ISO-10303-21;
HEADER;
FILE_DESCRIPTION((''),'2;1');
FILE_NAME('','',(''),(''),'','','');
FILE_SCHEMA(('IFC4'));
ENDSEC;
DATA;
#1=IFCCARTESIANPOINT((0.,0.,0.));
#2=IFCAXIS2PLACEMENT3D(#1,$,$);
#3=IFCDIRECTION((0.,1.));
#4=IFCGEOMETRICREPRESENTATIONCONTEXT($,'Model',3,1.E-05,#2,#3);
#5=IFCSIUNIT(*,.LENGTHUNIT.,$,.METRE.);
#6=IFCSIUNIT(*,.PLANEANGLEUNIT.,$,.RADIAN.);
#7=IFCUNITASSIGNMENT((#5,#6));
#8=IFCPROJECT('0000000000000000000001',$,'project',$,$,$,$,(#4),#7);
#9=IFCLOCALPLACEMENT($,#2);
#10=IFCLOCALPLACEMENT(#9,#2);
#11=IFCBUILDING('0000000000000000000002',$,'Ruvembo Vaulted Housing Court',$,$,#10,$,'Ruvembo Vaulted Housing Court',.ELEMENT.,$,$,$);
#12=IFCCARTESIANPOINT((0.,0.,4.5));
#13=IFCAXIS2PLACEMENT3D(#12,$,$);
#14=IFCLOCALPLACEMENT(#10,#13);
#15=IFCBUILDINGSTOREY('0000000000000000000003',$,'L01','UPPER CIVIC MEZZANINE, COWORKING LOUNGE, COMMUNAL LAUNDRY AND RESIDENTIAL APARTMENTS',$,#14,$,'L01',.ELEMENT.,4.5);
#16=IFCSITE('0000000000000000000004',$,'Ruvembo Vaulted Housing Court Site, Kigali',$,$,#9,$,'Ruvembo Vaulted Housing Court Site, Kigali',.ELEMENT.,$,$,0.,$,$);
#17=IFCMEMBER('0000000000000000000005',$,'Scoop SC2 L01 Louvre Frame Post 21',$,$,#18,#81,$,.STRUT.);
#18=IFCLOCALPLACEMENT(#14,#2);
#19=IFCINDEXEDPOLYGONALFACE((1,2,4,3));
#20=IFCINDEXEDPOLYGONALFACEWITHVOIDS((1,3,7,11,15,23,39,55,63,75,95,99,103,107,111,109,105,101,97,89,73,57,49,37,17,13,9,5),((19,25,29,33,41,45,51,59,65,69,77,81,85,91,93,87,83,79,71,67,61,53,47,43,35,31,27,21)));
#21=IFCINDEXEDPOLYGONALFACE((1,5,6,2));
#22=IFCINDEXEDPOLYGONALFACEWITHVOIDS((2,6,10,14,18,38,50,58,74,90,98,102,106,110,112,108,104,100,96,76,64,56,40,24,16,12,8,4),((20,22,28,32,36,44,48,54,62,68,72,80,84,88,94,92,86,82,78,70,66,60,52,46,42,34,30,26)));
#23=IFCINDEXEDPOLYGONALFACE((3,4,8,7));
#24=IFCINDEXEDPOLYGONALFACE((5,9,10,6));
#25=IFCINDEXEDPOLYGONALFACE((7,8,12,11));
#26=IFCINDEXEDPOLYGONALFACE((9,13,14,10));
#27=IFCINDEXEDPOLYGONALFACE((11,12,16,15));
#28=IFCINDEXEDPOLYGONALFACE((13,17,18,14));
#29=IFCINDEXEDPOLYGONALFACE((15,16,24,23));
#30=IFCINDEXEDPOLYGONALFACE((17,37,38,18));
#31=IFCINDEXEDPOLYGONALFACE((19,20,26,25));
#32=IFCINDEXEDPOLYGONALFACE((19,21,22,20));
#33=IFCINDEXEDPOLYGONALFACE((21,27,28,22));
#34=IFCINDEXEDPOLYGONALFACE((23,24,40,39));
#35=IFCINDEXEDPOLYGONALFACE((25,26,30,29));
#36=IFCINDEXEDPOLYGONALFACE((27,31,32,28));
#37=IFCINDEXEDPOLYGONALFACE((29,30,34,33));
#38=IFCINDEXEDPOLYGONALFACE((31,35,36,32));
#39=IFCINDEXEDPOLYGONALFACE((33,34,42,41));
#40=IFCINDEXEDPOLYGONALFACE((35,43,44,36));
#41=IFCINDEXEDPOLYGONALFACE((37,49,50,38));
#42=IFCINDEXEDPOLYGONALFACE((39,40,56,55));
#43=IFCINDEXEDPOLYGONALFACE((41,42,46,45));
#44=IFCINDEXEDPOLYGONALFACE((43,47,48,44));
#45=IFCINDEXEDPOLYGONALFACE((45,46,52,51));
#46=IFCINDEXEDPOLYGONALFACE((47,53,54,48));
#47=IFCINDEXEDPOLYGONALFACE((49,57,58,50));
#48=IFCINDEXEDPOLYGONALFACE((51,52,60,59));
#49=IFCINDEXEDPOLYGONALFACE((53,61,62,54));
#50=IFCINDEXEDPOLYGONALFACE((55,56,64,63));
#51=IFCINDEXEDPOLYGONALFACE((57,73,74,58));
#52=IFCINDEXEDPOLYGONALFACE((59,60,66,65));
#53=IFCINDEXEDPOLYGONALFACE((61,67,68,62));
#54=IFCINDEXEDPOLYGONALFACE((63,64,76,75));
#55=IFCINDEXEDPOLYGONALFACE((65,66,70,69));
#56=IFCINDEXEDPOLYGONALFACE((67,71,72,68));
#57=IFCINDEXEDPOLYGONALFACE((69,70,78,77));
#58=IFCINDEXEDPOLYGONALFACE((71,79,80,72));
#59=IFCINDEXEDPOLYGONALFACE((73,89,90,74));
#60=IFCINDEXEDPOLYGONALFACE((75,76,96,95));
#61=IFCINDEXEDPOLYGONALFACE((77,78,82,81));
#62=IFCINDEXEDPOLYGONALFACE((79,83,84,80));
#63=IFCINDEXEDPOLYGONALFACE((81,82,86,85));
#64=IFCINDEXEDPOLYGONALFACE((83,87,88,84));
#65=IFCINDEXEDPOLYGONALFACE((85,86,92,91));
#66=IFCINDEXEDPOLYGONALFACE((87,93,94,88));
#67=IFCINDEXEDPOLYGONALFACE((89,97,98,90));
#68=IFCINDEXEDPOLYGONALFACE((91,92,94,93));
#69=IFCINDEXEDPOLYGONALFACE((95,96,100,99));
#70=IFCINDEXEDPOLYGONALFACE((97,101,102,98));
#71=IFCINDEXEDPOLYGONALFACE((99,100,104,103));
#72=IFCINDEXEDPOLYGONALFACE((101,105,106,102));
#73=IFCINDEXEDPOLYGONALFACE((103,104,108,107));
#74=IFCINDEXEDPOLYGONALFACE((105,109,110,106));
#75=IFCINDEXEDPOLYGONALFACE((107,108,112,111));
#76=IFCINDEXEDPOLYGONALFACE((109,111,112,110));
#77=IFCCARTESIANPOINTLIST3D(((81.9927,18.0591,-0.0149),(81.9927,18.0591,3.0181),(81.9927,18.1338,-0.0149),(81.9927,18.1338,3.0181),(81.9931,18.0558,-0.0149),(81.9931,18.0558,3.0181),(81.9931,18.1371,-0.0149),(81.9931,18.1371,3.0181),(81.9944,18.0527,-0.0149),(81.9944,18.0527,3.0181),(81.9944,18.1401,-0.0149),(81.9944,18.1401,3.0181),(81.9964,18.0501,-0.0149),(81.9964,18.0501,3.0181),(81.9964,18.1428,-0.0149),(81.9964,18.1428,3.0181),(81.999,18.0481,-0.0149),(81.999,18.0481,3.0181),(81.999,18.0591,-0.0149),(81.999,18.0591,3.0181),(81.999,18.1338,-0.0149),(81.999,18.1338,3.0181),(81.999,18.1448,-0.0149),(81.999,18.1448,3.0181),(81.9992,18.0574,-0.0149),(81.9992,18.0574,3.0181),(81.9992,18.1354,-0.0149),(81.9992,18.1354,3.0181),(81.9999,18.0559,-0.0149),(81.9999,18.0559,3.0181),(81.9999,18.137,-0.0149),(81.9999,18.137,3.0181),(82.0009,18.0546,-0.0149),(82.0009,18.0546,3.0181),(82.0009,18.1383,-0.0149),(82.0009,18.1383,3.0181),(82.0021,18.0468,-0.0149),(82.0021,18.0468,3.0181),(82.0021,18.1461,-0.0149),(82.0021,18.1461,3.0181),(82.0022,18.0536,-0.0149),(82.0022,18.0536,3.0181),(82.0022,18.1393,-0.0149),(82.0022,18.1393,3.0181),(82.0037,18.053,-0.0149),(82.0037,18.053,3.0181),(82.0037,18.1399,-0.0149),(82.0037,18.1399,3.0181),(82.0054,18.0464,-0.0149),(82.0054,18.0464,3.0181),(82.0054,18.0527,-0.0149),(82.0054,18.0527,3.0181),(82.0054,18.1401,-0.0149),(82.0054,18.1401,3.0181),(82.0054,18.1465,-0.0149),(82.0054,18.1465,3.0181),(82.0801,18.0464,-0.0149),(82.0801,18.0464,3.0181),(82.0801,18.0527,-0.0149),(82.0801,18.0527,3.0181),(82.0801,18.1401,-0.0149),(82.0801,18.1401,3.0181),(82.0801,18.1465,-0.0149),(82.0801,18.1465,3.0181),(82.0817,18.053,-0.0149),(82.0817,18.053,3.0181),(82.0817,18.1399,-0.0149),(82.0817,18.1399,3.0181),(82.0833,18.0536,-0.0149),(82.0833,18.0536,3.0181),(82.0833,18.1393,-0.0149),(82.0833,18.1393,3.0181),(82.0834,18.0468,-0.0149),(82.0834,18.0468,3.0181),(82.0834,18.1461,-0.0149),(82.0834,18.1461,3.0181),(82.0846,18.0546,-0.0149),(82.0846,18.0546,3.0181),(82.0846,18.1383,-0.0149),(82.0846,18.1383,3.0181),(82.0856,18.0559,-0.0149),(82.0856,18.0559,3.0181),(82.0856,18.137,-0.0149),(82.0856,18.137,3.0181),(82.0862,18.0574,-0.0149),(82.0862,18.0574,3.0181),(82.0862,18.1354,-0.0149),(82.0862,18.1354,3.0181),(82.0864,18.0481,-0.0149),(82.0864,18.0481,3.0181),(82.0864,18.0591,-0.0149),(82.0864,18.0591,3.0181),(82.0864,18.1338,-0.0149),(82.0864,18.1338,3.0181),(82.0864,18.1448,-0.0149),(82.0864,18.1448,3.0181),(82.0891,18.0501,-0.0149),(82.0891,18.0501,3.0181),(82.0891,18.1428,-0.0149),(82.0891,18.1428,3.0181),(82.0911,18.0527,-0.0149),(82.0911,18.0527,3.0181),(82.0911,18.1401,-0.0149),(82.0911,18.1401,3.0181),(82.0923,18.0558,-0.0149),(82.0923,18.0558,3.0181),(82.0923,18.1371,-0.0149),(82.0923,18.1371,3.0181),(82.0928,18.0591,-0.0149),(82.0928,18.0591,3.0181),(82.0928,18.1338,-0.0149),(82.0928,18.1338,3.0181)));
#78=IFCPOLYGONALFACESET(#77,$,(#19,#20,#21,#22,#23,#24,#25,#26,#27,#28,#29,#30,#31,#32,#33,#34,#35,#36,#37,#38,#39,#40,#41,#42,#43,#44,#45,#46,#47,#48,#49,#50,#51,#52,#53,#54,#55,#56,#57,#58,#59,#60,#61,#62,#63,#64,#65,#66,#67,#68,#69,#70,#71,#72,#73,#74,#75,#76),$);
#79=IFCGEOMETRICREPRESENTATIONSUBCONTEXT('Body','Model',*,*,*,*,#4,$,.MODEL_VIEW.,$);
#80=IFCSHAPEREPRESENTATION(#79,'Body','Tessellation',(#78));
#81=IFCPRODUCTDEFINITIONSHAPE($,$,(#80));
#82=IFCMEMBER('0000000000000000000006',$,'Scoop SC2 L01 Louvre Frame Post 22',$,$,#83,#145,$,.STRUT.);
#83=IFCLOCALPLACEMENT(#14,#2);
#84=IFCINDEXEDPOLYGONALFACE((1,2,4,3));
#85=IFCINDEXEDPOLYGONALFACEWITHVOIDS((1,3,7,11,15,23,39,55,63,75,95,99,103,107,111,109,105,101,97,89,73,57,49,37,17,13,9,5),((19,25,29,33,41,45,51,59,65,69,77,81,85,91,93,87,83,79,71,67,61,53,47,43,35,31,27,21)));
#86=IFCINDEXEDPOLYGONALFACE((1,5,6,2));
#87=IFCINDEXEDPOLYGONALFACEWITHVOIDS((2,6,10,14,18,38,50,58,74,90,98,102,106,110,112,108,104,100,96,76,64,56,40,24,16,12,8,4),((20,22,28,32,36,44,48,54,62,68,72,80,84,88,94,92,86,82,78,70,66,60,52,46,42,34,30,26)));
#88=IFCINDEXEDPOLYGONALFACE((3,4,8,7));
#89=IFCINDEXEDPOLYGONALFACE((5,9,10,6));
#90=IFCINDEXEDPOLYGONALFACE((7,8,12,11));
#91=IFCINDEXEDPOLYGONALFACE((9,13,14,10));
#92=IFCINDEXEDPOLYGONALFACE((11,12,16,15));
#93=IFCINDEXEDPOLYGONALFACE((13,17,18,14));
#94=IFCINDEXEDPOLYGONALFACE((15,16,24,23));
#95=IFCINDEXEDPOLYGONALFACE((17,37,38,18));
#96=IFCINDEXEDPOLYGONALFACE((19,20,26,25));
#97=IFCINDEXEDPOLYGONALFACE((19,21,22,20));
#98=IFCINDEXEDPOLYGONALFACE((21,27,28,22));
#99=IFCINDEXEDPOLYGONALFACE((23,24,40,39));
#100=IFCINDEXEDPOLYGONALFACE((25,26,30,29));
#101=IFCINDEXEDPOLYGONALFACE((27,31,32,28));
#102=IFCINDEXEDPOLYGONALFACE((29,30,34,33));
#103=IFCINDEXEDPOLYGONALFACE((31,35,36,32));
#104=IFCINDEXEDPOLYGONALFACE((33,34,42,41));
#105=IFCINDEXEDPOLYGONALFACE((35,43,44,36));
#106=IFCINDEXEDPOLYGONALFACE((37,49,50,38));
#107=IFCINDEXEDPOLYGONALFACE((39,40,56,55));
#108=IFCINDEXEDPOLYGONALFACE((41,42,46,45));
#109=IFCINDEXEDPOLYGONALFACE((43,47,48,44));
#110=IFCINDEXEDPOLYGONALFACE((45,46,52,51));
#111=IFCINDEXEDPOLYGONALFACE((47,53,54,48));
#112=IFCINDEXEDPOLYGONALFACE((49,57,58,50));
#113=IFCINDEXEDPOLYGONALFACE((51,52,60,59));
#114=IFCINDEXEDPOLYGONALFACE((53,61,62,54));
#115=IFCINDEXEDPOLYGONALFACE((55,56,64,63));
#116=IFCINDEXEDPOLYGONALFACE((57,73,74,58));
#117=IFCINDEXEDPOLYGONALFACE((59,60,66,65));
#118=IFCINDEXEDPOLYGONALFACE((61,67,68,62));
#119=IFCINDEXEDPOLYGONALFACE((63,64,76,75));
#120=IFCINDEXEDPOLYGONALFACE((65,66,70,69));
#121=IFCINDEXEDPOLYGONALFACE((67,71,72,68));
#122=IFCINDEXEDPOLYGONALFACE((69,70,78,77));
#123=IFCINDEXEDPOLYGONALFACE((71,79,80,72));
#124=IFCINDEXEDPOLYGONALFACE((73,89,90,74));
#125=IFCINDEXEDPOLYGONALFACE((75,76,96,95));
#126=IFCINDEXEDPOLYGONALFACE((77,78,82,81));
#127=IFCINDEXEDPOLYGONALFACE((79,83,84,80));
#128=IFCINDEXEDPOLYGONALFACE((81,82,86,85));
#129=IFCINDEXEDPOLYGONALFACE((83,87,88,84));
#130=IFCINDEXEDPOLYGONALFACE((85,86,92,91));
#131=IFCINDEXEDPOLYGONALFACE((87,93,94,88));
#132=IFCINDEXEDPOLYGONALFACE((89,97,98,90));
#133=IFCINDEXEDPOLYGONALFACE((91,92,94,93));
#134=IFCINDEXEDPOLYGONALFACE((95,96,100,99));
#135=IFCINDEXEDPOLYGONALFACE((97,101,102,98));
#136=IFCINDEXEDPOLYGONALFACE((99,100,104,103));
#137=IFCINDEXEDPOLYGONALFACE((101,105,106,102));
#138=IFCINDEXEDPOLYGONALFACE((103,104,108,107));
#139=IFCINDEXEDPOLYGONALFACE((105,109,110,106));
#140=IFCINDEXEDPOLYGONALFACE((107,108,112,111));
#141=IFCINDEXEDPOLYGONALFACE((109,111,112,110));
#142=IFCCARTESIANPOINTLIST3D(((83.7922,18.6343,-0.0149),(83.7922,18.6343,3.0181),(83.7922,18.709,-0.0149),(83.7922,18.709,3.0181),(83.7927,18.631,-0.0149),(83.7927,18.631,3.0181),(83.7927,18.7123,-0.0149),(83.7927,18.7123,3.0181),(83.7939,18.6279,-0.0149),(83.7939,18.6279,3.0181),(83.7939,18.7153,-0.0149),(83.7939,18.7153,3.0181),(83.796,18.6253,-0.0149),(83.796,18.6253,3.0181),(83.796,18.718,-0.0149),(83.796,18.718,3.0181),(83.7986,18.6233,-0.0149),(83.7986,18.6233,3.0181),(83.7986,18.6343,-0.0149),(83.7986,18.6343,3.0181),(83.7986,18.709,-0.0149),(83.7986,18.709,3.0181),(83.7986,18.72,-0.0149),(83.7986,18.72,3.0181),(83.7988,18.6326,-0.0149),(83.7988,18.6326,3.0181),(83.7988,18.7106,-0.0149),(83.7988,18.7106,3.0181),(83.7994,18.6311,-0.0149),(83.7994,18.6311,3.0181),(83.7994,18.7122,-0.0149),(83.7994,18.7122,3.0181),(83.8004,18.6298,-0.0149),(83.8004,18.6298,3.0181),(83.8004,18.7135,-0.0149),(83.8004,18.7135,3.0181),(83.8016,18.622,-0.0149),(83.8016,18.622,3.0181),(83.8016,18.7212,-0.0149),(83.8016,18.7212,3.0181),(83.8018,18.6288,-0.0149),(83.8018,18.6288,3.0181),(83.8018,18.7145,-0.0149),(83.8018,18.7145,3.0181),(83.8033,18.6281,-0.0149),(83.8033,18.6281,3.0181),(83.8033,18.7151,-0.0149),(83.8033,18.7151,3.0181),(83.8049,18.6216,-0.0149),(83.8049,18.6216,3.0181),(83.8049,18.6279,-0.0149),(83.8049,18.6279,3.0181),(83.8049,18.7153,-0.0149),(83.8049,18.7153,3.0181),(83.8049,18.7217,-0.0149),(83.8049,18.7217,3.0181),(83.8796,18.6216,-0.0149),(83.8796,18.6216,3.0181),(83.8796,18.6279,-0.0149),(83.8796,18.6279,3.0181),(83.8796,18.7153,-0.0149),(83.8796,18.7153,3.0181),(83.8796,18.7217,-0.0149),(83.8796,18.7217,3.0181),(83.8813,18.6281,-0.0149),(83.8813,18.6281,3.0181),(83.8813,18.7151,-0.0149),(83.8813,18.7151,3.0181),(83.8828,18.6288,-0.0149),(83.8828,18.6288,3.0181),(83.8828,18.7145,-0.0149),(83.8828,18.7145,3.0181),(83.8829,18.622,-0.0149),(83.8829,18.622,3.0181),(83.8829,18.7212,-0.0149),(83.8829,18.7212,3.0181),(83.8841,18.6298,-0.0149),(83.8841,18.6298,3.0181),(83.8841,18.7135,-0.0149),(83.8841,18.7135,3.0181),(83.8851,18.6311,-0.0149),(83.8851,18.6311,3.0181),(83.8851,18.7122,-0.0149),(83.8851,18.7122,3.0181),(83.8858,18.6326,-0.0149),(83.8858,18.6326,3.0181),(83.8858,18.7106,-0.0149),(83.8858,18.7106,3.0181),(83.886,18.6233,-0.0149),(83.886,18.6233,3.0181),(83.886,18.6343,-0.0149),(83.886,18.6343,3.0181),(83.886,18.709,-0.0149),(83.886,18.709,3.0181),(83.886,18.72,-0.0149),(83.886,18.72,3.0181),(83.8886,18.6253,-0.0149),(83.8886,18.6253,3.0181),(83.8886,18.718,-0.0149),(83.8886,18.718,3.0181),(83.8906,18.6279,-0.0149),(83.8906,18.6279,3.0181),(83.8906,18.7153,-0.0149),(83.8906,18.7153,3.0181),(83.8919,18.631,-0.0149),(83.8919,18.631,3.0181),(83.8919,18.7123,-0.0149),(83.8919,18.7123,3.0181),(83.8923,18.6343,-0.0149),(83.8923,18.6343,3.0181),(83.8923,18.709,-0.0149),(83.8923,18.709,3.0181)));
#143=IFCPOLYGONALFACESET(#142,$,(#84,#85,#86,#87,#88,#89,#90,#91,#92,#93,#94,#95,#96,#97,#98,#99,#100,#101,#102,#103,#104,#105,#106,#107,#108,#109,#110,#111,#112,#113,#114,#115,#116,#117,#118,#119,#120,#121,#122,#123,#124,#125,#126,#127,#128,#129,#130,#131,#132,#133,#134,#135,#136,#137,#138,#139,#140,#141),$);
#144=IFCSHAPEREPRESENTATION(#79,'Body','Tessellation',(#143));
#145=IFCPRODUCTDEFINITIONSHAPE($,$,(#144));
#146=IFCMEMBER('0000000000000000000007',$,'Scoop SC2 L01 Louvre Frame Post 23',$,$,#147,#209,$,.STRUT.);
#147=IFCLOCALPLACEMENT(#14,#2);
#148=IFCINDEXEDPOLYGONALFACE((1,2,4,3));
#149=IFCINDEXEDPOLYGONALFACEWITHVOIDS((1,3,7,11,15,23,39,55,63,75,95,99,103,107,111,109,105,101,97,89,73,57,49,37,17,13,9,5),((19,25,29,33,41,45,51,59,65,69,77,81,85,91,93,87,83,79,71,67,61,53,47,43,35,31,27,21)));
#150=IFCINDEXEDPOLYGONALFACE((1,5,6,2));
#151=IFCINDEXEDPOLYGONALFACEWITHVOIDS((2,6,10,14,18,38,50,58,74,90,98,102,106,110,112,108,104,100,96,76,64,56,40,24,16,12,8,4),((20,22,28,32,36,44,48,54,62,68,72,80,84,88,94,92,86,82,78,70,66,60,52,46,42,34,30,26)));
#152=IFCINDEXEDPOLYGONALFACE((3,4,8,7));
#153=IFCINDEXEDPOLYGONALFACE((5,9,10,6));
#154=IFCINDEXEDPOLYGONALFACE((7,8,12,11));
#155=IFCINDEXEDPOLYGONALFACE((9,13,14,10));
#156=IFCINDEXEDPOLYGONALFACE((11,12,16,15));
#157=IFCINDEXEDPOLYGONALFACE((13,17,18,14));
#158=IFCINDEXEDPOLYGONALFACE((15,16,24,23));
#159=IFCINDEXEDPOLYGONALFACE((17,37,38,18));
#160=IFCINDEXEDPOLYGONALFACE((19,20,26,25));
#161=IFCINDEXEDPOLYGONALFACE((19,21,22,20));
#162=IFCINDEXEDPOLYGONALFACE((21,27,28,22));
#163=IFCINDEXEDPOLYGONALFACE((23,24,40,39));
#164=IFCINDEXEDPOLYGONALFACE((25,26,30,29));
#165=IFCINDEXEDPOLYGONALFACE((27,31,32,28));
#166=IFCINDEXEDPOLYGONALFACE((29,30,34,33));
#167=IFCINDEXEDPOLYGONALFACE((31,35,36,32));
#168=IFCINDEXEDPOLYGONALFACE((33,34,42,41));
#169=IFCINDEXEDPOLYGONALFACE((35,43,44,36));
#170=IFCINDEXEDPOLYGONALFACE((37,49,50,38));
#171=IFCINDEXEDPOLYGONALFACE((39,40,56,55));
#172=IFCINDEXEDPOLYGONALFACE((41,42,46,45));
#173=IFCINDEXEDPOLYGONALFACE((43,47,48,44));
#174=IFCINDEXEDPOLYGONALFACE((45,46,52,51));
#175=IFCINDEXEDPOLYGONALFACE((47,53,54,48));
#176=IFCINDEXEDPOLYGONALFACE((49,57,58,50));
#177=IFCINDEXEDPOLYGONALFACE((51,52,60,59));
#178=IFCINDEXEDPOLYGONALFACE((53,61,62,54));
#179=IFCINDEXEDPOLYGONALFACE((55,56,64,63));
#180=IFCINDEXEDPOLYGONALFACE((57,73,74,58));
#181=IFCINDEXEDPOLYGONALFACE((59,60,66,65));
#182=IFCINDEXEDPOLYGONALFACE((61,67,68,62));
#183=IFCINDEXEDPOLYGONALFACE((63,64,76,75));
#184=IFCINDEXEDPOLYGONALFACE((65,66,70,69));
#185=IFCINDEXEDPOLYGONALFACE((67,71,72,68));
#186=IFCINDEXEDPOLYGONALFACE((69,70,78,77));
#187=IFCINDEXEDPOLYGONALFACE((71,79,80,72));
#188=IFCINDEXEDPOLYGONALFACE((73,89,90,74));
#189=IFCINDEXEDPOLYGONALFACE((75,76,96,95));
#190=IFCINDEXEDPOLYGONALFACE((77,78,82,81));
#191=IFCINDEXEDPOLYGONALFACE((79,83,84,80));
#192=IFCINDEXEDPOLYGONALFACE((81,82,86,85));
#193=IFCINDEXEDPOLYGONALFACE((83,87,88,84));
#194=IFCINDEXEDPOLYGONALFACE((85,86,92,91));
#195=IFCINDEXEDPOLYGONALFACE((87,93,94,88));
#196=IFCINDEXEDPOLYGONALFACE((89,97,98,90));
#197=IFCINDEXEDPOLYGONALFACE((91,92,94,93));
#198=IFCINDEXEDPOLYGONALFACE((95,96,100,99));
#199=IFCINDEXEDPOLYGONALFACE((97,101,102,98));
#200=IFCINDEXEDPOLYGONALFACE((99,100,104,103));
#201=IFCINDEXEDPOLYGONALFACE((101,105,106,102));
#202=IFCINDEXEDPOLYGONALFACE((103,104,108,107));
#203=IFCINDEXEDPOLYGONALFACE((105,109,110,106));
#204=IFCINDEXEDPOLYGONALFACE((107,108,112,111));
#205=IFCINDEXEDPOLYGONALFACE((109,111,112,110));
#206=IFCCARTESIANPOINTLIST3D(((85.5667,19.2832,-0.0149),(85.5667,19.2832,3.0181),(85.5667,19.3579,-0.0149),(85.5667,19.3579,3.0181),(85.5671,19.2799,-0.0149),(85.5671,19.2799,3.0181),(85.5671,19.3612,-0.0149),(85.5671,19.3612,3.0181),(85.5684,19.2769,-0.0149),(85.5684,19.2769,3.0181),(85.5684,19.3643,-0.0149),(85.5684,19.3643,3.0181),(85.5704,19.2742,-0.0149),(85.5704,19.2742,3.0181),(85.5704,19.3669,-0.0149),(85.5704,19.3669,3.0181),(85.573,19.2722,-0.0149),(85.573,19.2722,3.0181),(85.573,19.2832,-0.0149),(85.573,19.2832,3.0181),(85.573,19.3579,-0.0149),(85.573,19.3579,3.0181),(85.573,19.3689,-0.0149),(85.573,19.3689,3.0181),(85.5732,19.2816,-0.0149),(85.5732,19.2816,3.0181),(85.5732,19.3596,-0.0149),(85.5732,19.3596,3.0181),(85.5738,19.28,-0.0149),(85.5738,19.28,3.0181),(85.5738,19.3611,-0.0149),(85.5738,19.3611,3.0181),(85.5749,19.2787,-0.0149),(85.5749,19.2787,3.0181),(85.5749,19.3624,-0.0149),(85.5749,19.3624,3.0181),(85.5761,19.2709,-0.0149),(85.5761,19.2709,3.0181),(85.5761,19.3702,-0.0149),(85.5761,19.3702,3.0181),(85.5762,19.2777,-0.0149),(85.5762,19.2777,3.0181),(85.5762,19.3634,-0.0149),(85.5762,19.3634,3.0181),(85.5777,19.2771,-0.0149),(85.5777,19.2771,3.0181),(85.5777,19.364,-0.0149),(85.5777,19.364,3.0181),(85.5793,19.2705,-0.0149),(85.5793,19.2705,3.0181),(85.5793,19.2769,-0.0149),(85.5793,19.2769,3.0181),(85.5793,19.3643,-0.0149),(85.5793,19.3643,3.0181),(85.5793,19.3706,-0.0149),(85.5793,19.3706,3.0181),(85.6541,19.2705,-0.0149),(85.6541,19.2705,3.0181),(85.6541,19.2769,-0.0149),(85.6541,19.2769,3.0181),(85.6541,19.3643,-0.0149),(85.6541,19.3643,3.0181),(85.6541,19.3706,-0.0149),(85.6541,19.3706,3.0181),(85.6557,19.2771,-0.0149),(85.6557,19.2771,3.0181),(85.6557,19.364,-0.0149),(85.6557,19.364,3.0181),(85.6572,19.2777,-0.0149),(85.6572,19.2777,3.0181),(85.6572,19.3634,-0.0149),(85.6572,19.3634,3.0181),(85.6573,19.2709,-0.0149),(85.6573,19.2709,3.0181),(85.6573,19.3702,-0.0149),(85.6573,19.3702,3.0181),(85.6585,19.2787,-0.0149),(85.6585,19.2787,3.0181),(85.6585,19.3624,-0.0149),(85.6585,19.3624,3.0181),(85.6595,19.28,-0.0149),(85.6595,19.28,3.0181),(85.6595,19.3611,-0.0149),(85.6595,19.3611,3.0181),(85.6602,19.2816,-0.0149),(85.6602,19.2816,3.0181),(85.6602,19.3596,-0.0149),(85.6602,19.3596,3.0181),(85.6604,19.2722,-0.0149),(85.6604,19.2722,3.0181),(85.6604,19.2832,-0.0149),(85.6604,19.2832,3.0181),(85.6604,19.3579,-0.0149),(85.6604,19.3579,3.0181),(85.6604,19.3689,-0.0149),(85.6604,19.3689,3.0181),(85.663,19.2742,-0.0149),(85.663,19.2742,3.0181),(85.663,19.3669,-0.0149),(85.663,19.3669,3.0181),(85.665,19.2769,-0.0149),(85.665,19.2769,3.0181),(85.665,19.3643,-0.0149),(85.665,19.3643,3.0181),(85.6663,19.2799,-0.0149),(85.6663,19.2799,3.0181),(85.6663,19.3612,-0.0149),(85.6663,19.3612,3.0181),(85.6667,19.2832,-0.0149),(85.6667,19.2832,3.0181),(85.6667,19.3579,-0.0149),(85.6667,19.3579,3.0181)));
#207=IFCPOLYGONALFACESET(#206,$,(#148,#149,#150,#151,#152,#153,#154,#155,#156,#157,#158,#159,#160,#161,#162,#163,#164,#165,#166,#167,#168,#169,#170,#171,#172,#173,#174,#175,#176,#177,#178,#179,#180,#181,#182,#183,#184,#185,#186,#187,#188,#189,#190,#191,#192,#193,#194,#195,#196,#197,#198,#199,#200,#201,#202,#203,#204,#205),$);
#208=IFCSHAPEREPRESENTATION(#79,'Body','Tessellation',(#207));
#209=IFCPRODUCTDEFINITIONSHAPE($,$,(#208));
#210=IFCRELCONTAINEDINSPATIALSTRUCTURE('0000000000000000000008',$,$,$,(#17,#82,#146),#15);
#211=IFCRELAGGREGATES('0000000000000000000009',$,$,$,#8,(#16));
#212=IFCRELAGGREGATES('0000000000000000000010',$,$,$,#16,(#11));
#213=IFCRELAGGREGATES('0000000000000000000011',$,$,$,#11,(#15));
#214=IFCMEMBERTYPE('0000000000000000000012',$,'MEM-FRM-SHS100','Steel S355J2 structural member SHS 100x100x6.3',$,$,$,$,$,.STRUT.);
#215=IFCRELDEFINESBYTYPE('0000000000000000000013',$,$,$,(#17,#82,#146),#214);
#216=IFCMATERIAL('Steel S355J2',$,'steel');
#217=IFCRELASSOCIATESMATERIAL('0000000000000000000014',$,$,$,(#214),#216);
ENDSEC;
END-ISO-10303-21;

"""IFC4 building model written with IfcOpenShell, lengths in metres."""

from ifc_helpers import new_model, si_unit, direction, frame, origin, origin_2d, place, context, subcontext, project, spatial, hollow_rectangle, extrude, material, material_profile, profile_set, type_object, element, save


model = new_model("IFC4")

# Units and contexts
model_context = context("Model", 3, precision=1e-05, world=origin(), true_north=direction((0.0, 1.0)))
body_context = subcontext(model_context, "Body", "Model", "MODEL_VIEW")
ifc_project = project(units=[si_unit("LENGTHUNIT", "METRE"), si_unit("PLANEANGLEUNIT", "RADIAN")], contexts=[model_context])

# Site, building, storey
site_placement = place(None, origin())
site = spatial("IfcSite", under=ifc_project, at=site_placement, Name="Ruvembo Vaulted Housing Court Site, Kigali", LongName="Ruvembo Vaulted Housing Court Site, Kigali", CompositionType="ELEMENT", RefElevation=0.0)
building_placement = place(site_placement, origin())
building = spatial("IfcBuilding", under=site, at=building_placement, Name="Ruvembo Vaulted Housing Court", LongName="Ruvembo Vaulted Housing Court", CompositionType="ELEMENT")
storey_placement = place(building_placement, frame((0.0, 0.0, 4.5)))
storey = spatial("IfcBuildingStorey", under=building, at=storey_placement, Name="L01", Description="UPPER CIVIC MEZZANINE, COWORKING LOUNGE, COMMUNAL LAUNDRY AND RESIDENTIAL APARTMENTS", LongName="L01", CompositionType="ELEMENT", Elevation=4.5)

# Shared definitions
ifc_material_1 = material(Name="Steel S355J2", Category="steel")

# Members
ifc_material_profile_1 = material_profile(ifc_material_1, hollow_rectangle(XDim=0.1001, YDim=0.1001, WallThickness=0.0063, InnerFilletRadius=0.0063, OuterFilletRadius=0.0127, at=origin_2d()), Name="SHS 100x100x6.3")
ifc_profile_set_1 = profile_set([ifc_material_profile_1], Name="Steel S355J2")
member_type_1 = type_object("IfcMemberType", Name="MEM-FRM-SHS100", Description="Steel S355J2 structural member SHS 100x100x6.3", PredefinedType="STRUT", material=ifc_profile_set_1)
for number, where, z_axis, x_axis, name in (
    (1, (82.0427, 18.0964, -0.0149), (0.0, 0.0, 1.0), (1.0, 0.0, 0.0), "Scoop SC2 L01 Louvre Frame Post 21"),
    (2, (83.8423, 18.6716, -0.0149), (0.0, 0.0, 1.0), (1.0, 0.0, 0.0), "Scoop SC2 L01 Louvre Frame Post 22"),
    (3, (85.6167, 19.3206, -0.0149), (0.0, 0.0, 1.0), (1.0, 0.0, 0.0), "Scoop SC2 L01 Louvre Frame Post 23"),
):
    element("IfcMember", number, at=place(storey_placement, frame(where, z_axis=z_axis, x_axis=x_axis)), inside=storey, type_object=member_type_1, Name=name, PredefinedType="STRUT", context=body_context, shape_type="SweptSolid", body=[
        extrude(hollow_rectangle(XDim=0.1001, YDim=0.1001, WallThickness=0.0063, InnerFilletRadius=0.0063, OuterFilletRadius=0.0127, at=origin_2d()), origin(), (0.0, 0.0, 1.0), 3.033),
    ])

save(model, "model.ifc")
